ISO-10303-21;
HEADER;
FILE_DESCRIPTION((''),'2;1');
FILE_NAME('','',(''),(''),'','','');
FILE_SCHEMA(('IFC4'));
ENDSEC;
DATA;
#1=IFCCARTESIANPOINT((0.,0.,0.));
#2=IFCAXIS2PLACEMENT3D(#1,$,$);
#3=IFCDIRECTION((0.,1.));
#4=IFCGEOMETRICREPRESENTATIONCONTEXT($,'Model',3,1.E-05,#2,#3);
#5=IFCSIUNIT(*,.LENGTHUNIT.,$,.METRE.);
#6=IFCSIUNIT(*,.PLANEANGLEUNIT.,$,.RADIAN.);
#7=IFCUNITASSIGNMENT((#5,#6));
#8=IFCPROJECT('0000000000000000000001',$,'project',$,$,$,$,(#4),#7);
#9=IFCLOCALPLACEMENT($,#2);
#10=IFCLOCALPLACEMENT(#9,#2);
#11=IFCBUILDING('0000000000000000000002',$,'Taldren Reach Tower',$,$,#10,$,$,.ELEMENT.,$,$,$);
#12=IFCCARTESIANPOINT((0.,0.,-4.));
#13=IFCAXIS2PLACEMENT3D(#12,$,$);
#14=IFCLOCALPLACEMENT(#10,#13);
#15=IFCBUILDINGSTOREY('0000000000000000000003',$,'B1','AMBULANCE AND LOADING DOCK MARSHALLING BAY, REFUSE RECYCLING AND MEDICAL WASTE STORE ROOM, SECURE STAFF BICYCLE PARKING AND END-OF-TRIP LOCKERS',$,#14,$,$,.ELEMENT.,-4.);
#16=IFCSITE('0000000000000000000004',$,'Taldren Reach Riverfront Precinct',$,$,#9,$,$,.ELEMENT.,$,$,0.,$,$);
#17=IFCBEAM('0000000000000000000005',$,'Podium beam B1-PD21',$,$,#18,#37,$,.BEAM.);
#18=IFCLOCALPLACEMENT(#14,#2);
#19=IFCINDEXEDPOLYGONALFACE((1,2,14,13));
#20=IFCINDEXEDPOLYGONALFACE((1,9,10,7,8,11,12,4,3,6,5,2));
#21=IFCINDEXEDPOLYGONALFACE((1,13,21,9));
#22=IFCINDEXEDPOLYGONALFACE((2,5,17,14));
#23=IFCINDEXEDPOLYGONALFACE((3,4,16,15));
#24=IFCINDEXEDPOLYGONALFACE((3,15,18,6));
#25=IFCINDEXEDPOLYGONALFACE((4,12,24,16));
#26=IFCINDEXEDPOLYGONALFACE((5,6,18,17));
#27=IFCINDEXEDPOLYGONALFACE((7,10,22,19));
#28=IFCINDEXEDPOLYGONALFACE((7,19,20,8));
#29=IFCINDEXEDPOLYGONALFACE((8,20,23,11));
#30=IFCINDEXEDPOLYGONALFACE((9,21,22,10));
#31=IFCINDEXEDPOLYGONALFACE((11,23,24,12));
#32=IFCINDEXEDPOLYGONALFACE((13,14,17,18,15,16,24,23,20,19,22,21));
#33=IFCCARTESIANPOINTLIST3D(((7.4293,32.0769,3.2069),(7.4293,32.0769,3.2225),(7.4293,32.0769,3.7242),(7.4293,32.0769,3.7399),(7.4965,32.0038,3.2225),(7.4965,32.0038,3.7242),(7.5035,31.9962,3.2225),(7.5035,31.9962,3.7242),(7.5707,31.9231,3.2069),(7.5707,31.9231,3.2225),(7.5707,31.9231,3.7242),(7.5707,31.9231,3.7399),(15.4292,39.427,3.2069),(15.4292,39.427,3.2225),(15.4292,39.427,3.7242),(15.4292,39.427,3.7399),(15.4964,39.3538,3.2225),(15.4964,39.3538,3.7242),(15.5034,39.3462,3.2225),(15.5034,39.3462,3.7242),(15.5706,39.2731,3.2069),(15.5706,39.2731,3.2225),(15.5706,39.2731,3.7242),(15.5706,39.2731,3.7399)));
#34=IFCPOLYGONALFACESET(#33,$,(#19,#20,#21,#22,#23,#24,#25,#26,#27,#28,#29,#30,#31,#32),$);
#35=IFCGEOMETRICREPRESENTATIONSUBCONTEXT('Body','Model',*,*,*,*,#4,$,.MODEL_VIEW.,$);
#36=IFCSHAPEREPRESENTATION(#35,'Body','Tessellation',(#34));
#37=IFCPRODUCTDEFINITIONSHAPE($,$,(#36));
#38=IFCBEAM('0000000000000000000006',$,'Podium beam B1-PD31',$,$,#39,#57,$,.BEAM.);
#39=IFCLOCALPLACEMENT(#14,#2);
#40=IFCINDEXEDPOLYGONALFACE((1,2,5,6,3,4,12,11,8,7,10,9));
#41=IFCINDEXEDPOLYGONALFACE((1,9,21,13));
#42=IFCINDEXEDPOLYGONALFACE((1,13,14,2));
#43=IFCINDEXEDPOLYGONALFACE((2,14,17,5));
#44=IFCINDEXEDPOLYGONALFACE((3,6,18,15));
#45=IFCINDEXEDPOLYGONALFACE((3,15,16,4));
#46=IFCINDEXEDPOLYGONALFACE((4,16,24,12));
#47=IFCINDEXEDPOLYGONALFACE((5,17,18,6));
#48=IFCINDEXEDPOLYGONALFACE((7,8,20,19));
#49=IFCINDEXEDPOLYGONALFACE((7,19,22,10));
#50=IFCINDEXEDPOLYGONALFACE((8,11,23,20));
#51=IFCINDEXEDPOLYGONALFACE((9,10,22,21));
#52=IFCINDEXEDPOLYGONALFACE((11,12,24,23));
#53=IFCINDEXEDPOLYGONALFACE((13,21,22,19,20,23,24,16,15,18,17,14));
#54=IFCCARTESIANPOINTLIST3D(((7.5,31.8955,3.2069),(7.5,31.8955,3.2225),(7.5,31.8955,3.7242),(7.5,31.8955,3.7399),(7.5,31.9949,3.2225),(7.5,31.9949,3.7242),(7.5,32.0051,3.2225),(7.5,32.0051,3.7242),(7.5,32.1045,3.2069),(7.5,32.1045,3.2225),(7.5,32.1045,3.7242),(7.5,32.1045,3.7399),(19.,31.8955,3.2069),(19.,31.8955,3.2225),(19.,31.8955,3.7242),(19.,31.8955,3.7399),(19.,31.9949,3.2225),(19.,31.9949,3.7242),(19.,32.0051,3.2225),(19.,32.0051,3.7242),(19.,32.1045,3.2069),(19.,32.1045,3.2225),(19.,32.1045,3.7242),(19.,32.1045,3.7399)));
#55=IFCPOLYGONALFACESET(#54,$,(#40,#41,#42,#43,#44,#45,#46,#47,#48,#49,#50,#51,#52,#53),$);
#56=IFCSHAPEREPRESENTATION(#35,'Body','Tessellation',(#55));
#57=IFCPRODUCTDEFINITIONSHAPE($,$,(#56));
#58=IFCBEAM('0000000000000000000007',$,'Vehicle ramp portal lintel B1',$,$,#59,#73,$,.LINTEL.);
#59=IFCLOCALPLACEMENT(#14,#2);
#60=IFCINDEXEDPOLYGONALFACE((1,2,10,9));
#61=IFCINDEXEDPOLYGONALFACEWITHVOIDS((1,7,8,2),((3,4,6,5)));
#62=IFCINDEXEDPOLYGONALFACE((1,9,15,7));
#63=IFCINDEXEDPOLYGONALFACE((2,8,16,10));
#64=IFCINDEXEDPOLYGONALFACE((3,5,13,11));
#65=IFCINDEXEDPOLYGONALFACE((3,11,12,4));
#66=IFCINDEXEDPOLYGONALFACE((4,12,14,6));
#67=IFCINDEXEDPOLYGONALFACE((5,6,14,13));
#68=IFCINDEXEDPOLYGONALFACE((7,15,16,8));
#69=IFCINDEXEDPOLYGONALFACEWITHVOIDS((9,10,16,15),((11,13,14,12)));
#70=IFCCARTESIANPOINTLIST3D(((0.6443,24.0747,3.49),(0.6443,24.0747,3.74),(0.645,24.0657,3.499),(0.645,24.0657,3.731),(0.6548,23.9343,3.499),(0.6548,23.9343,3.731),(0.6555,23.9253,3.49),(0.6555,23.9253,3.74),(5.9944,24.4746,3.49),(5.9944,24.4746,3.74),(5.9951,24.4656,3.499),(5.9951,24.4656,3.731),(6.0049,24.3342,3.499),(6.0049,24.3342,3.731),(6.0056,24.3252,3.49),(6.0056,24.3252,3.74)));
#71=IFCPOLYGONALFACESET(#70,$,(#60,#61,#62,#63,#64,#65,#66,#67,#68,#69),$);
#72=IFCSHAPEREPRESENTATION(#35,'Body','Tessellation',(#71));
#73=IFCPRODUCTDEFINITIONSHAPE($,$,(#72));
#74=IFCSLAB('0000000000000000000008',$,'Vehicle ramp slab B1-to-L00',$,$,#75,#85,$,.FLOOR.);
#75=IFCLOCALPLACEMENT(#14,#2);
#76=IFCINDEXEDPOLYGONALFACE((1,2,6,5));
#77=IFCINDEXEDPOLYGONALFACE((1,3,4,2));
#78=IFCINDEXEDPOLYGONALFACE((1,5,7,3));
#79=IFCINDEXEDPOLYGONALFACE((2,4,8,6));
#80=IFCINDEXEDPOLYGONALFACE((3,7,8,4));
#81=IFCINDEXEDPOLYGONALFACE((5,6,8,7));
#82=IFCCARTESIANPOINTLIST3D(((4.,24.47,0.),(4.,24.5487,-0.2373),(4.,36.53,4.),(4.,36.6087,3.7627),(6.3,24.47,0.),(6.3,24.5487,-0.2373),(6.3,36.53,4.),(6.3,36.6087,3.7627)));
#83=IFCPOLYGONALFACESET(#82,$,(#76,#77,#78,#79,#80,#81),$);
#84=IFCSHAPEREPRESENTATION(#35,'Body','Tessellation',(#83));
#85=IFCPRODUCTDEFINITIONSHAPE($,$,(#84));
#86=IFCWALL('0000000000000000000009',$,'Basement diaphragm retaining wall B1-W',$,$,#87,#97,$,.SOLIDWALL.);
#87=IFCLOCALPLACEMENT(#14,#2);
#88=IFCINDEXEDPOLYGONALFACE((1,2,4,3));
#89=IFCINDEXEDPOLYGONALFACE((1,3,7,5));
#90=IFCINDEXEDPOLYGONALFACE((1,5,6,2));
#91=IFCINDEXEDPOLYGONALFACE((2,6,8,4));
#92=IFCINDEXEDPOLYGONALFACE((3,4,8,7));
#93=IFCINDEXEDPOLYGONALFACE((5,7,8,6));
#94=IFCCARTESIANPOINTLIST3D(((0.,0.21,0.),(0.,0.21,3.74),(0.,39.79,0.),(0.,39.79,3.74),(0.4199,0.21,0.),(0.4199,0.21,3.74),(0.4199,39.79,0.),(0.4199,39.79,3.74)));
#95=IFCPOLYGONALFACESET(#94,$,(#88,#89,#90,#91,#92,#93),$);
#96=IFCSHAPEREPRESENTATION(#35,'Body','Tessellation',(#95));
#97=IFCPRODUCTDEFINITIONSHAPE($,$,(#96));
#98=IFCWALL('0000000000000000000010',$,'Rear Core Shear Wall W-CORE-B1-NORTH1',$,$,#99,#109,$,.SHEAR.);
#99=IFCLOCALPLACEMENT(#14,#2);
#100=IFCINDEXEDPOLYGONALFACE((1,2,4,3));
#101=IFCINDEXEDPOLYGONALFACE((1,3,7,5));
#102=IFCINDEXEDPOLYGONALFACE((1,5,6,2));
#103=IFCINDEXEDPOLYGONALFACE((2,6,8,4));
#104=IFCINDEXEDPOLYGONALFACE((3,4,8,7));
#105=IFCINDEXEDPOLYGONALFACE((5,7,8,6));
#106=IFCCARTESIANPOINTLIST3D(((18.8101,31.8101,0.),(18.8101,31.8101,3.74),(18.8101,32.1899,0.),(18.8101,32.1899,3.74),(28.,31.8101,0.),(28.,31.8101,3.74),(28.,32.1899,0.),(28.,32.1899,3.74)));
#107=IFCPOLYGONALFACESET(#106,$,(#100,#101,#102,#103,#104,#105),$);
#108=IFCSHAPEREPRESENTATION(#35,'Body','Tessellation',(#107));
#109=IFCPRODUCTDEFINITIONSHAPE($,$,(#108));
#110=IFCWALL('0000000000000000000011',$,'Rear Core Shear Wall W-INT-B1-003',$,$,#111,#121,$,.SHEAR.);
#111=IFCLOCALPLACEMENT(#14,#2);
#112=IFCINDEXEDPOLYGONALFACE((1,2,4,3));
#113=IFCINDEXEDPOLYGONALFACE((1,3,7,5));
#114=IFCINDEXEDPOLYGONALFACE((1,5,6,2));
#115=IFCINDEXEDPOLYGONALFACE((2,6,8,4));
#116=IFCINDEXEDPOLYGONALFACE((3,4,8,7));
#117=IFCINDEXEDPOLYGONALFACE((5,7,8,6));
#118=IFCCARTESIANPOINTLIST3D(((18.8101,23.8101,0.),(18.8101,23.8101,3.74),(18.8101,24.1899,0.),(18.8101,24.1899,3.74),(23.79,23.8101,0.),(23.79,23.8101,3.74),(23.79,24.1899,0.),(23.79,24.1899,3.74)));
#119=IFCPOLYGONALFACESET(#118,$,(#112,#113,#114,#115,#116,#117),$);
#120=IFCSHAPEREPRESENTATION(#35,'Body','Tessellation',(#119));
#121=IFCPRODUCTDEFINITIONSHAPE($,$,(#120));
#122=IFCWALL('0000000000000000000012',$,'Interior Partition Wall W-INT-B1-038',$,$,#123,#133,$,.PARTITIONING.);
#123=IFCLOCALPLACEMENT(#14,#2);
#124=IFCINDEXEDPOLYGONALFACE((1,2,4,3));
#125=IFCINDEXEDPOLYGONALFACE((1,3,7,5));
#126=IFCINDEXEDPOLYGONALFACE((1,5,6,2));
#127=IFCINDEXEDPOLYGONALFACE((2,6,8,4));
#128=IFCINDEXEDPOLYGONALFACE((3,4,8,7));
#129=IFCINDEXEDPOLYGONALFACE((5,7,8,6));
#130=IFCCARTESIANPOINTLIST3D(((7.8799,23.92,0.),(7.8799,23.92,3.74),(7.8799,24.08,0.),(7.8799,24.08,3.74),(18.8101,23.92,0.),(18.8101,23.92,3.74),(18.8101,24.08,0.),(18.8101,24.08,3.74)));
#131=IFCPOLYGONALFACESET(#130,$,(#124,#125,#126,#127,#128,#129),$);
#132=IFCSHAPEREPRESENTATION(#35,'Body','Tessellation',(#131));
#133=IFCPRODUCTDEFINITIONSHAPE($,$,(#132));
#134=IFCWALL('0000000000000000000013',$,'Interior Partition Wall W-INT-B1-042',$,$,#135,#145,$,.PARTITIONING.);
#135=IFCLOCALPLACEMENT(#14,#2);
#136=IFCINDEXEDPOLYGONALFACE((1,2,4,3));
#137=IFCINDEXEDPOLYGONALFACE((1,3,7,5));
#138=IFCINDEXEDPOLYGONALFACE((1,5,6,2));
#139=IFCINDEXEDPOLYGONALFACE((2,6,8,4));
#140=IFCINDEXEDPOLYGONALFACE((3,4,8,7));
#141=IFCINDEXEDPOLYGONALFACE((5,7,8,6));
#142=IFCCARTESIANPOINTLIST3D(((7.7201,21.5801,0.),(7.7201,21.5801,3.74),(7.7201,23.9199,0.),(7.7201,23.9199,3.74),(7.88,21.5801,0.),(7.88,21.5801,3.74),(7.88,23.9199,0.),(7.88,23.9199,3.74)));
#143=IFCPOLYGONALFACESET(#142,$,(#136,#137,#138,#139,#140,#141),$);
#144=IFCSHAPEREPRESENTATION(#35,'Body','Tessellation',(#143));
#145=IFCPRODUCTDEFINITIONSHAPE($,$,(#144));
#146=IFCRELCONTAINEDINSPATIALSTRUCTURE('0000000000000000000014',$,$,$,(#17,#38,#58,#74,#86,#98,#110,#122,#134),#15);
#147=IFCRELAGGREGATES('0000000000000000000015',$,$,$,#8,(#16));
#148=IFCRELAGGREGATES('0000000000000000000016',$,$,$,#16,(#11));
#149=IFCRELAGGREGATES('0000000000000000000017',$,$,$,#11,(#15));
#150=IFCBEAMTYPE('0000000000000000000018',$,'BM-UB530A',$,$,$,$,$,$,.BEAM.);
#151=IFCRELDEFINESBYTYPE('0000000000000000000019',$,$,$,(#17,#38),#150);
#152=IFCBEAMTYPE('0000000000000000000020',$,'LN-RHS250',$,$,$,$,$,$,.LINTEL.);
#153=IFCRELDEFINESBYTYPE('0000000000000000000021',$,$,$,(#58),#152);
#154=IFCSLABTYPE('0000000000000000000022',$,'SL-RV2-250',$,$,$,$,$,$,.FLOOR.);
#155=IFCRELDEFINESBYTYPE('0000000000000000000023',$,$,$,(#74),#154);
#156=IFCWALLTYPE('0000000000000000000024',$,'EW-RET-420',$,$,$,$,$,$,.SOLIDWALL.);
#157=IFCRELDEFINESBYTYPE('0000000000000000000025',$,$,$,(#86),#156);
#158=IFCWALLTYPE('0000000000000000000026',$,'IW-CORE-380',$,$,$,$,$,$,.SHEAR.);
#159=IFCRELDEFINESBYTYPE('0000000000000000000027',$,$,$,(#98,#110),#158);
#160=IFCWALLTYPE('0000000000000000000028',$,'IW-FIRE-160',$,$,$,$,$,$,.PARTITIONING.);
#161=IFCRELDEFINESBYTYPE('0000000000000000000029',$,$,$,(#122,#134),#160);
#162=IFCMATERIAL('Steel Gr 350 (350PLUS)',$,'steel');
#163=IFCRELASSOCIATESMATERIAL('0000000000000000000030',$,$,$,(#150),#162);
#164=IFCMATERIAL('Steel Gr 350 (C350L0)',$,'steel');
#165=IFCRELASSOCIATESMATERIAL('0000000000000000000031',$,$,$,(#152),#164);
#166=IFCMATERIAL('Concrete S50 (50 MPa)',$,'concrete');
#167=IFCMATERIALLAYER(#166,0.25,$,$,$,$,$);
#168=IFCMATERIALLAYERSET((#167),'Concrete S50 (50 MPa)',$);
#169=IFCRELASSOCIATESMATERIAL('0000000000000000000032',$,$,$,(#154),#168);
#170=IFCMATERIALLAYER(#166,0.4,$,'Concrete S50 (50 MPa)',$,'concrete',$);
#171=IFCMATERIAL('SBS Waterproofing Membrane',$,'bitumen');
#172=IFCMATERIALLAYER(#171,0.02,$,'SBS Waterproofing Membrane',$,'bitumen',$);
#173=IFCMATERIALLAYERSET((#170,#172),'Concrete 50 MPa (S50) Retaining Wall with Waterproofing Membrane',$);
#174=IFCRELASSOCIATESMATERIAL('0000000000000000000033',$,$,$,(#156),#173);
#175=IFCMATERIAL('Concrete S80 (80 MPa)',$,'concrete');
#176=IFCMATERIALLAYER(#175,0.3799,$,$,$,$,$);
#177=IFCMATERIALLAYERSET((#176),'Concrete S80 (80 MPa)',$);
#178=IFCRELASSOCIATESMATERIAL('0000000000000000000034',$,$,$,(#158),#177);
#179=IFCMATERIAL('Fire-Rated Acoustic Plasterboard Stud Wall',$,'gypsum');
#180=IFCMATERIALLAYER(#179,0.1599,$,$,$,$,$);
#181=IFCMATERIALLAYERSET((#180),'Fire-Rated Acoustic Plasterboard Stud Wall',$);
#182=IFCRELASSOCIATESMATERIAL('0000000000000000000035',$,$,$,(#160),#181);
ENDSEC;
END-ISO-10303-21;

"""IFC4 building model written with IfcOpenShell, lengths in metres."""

from ifc_helpers import new_model, si_unit, direction, frame, frame_2d, origin, origin_2d, place, context, subcontext, project, spatial, polyline, rectangle, hollow_rectangle, i_section, outline, extrude, source, transform, mapped, material, layer, layer_set, material_profile, profile_set, type_object, element, save


model = new_model("IFC4")

# Units and contexts
model_context = context("Model", 3, precision=1e-05, world=origin(), true_north=direction((0.0, 1.0)))
body_context = subcontext(model_context, "Body", "Model", "MODEL_VIEW")
ifc_project = project(units=[si_unit("LENGTHUNIT", "METRE"), si_unit("PLANEANGLEUNIT", "RADIAN")], contexts=[model_context])

# Site, building, storey
site_placement = place(None, origin())
site = spatial("IfcSite", under=ifc_project, at=site_placement, Name="Taldren Reach Riverfront Precinct", CompositionType="ELEMENT", RefElevation=0.0)
building_placement = place(site_placement, origin())
building = spatial("IfcBuilding", under=site, at=building_placement, Name="Taldren Reach Tower", CompositionType="ELEMENT")
storey_placement = place(building_placement, frame((0.0, 0.0, -4.0)))
storey = spatial("IfcBuildingStorey", under=building, at=storey_placement, Name="B1", Description="AMBULANCE AND LOADING DOCK MARSHALLING BAY, REFUSE RECYCLING AND MEDICAL WASTE STORE ROOM, SECURE STAFF BICYCLE PARKING AND END-OF-TRIP LOCKERS", CompositionType="ELEMENT", Elevation=-4.0)

# Shared definitions
ifc_material_1 = material(Name="Concrete S80 (80 MPa)", Category="concrete")

# Beams
ifc_material_2 = material(Name="Steel Gr 350 (350PLUS)", Category="steel")
ifc_material_profile_1 = material_profile(ifc_material_2, i_section(OverallWidth=0.209, OverallDepth=0.533, WebThickness=0.0103, FlangeThickness=0.0156, at=origin_2d()), Name="530UB92.4")
ifc_profile_set_1 = profile_set([ifc_material_profile_1], Name="Steel Gr 350 (350PLUS)")
beam_type_1 = type_object("IfcBeamType", Name="BM-UB530A", PredefinedType="BEAM", material=ifc_profile_set_1)
shared_shape_1 = source(origin(), body_context, "Body", "SweptSolid", [
    extrude(i_section(OverallWidth=0.209, OverallDepth=0.533, WebThickness=0.0103, FlangeThickness=0.0156, at=origin_2d()), origin(), (0.0, 0.0, 1.0), 10.8638),
])
beam_1_placement = place(storey_placement, frame((7.5, 32.0, 3.4734), z_axis=(0.736385, 0.676563, 0.0), x_axis=(-0.676563, 0.736385, 0.0)))
element("IfcBeam", 1, at=beam_1_placement, inside=storey, type_object=beam_type_1, Name="Podium beam B1-PD21", PredefinedType="BEAM", context=body_context, shape_type="MappedRepresentation", body=[
    mapped(shared_shape_1, transform((0.0, 0.0, 0.0), scale=1.0)),
])
shared_shape_2 = source(origin(), body_context, "Body", "SweptSolid", [
    extrude(i_section(OverallWidth=0.209, OverallDepth=0.533, WebThickness=0.0103, FlangeThickness=0.0156, at=origin_2d()), origin(), (0.0, 0.0, 1.0), 11.5),
])
beam_2_placement = place(storey_placement, frame((7.5, 32.0, 3.4734), z_axis=(1.0, 0.0, 0.0), x_axis=(0.0, 1.0, 0.0)))
element("IfcBeam", 2, at=beam_2_placement, inside=storey, type_object=beam_type_1, Name="Podium beam B1-PD31", PredefinedType="BEAM", context=body_context, shape_type="MappedRepresentation", body=[
    mapped(shared_shape_2, transform((0.0, 0.0, 0.0), scale=1.0)),
])
ifc_material_3 = material(Name="Steel Gr 350 (C350L0)", Category="steel")
ifc_material_profile_2 = material_profile(ifc_material_3, hollow_rectangle(XDim=0.1499, YDim=0.25, WallThickness=0.009, at=origin_2d()), Name="250x150x9.0RHS")
ifc_profile_set_2 = profile_set([ifc_material_profile_2], Name="Steel Gr 350 (C350L0)")
beam_type_2 = type_object("IfcBeamType", Name="LN-RHS250", PredefinedType="LINTEL", material=ifc_profile_set_2)
shared_shape_3 = source(origin(), body_context, "Body", "SweptSolid", [
    extrude(hollow_rectangle(XDim=0.1499, YDim=0.25, WallThickness=0.009, at=origin_2d()), origin(), (0.0, 0.0, 1.0), 5.365),
])
beam_3_placement = place(storey_placement, frame((0.6499, 24.0, 3.615), z_axis=(0.997218, 0.074539, 0.0), x_axis=(-0.074539, 0.997218, 0.0)))
element("IfcBeam", 3, at=beam_3_placement, inside=storey, type_object=beam_type_2, Name="Vehicle ramp portal lintel B1", PredefinedType="LINTEL", context=body_context, shape_type="MappedRepresentation", body=[
    mapped(shared_shape_3, transform((0.0, 0.0, 0.0), scale=1.0)),
])

# Slab
ifc_material_4 = material(Name="Concrete S50 (50 MPa)", Category="concrete")
ifc_layer_1 = layer(ifc_material_4, 0.25)
ifc_layer_set_1 = layer_set([ifc_layer_1], Name="Concrete S50 (50 MPa)")
slab_type = type_object("IfcSlabType", Name="SL-RV2-250", PredefinedType="FLOOR", material=ifc_layer_set_1)
slab_placement = place(storey_placement, frame((4.0, 24.47, 0.0), z_axis=(0.0, -0.314809, 0.949155), x_axis=(0.0, 0.949155, 0.314809)))
element("IfcSlab", 4, at=slab_placement, inside=storey, type_object=slab_type, Name="Vehicle ramp slab B1-to-L00", PredefinedType="FLOOR", context=body_context, shape_type="SweptSolid", body=[
    extrude(outline(polyline([(0.0, 0.0), (12.7061, 0.0), (12.7061, -2.3), (0.0, -2.3), (0.0, 0.0)])), origin(), (0.0, 0.0, -1.0), 0.25),
])

# Walls
ifc_layer_2 = layer(ifc_material_4, 0.4, Name="Concrete S50 (50 MPa)", Category="concrete")
ifc_material_5 = material(Name="SBS Waterproofing Membrane", Category="bitumen")
ifc_layer_3 = layer(ifc_material_5, 0.02, Name="SBS Waterproofing Membrane", Category="bitumen")
ifc_layer_set_2 = layer_set([ifc_layer_2, ifc_layer_3], Name="Concrete 50 MPa (S50) Retaining Wall with Waterproofing Membrane")
wall_type_1 = type_object("IfcWallType", Name="EW-RET-420", PredefinedType="SOLIDWALL", material=ifc_layer_set_2)
shared_shape_4 = source(origin(), body_context, "Body", "SweptSolid", [
    extrude(rectangle(XDim=39.5801, YDim=0.4199, at=frame_2d((19.79, 0.0))), origin(), (0.0, 0.0, 1.0), 3.74),
])
wall_1_placement = place(storey_placement, frame((0.21, 39.79, 0.0), z_axis=(0.0, 0.0, 1.0), x_axis=(0.0, -1.0, 0.0)))
element("IfcWall", 5, at=wall_1_placement, inside=storey, type_object=wall_type_1, Name="Basement diaphragm retaining wall B1-W", PredefinedType="SOLIDWALL", context=body_context, shape_type="MappedRepresentation", body=[
    mapped(shared_shape_4, transform((0.0, 0.0, 0.0), scale=1.0)),
])
ifc_layer_4 = layer(ifc_material_1, 0.3799)
ifc_layer_set_3 = layer_set([ifc_layer_4], Name="Concrete S80 (80 MPa)")
wall_type_2 = type_object("IfcWallType", Name="IW-CORE-380", PredefinedType="SHEAR", material=ifc_layer_set_3)
shared_shape_5 = source(origin(), body_context, "Body", "SweptSolid", [
    extrude(rectangle(XDim=9.1899, YDim=0.3799, at=frame_2d((4.595, 0.0))), origin(), (0.0, 0.0, 1.0), 3.74),
])
wall_2_placement = place(storey_placement, frame((18.8101, 32.0, 0.0), z_axis=(0.0, 0.0, 1.0), x_axis=(1.0, 0.0, 0.0)))
element("IfcWall", 6, at=wall_2_placement, inside=storey, type_object=wall_type_2, Name="Rear Core Shear Wall W-CORE-B1-NORTH1", PredefinedType="SHEAR", context=body_context, shape_type="MappedRepresentation", body=[
    mapped(shared_shape_5, transform((0.0, 0.0, 0.0), scale=1.0)),
])
shared_shape_6 = source(origin(), body_context, "Body", "SweptSolid", [
    extrude(rectangle(XDim=4.98, YDim=0.3799, at=frame_2d((2.49, 0.0))), origin(), (0.0, 0.0, 1.0), 3.74),
])
wall_3_placement = place(storey_placement, frame((18.8101, 24.0, 0.0), z_axis=(0.0, 0.0, 1.0), x_axis=(1.0, 0.0, 0.0)))
element("IfcWall", 7, at=wall_3_placement, inside=storey, type_object=wall_type_2, Name="Rear Core Shear Wall W-INT-B1-003", PredefinedType="SHEAR", context=body_context, shape_type="MappedRepresentation", body=[
    mapped(shared_shape_6, transform((0.0, 0.0, 0.0), scale=1.0)),
])
ifc_material_6 = material(Name="Fire-Rated Acoustic Plasterboard Stud Wall", Category="gypsum")
ifc_layer_5 = layer(ifc_material_6, 0.1599)
ifc_layer_set_4 = layer_set([ifc_layer_5], Name="Fire-Rated Acoustic Plasterboard Stud Wall")
wall_type_3 = type_object("IfcWallType", Name="IW-FIRE-160", PredefinedType="PARTITIONING", material=ifc_layer_set_4)
shared_shape_7 = source(origin(), body_context, "Body", "SweptSolid", [
    extrude(rectangle(XDim=10.9302, YDim=0.1599, at=frame_2d((5.4651, 0.0))), origin(), (0.0, 0.0, 1.0), 3.74),
])
wall_4_placement = place(storey_placement, frame((7.8799, 24.0, 0.0), z_axis=(0.0, 0.0, 1.0), x_axis=(1.0, 0.0, 0.0)))
element("IfcWall", 8, at=wall_4_placement, inside=storey, type_object=wall_type_3, Name="Interior Partition Wall W-INT-B1-038", PredefinedType="PARTITIONING", context=body_context, shape_type="MappedRepresentation", body=[
    mapped(shared_shape_7, transform((0.0, 0.0, 0.0), scale=1.0)),
])
shared_shape_8 = source(origin(), body_context, "Body", "SweptSolid", [
    extrude(rectangle(XDim=2.3398, YDim=0.1599, at=frame_2d((1.1699, 0.0))), origin(), (0.0, 0.0, 1.0), 3.74),
])
wall_5_placement = place(storey_placement, frame((7.8, 21.5801, 0.0), z_axis=(0.0, 0.0, 1.0), x_axis=(0.0, 1.0, 0.0)))
element("IfcWall", 9, at=wall_5_placement, inside=storey, type_object=wall_type_3, Name="Interior Partition Wall W-INT-B1-042", PredefinedType="PARTITIONING", context=body_context, shape_type="MappedRepresentation", body=[
    mapped(shared_shape_8, transform((0.0, 0.0, 0.0), scale=1.0)),
])

save(model, "model.ifc")
